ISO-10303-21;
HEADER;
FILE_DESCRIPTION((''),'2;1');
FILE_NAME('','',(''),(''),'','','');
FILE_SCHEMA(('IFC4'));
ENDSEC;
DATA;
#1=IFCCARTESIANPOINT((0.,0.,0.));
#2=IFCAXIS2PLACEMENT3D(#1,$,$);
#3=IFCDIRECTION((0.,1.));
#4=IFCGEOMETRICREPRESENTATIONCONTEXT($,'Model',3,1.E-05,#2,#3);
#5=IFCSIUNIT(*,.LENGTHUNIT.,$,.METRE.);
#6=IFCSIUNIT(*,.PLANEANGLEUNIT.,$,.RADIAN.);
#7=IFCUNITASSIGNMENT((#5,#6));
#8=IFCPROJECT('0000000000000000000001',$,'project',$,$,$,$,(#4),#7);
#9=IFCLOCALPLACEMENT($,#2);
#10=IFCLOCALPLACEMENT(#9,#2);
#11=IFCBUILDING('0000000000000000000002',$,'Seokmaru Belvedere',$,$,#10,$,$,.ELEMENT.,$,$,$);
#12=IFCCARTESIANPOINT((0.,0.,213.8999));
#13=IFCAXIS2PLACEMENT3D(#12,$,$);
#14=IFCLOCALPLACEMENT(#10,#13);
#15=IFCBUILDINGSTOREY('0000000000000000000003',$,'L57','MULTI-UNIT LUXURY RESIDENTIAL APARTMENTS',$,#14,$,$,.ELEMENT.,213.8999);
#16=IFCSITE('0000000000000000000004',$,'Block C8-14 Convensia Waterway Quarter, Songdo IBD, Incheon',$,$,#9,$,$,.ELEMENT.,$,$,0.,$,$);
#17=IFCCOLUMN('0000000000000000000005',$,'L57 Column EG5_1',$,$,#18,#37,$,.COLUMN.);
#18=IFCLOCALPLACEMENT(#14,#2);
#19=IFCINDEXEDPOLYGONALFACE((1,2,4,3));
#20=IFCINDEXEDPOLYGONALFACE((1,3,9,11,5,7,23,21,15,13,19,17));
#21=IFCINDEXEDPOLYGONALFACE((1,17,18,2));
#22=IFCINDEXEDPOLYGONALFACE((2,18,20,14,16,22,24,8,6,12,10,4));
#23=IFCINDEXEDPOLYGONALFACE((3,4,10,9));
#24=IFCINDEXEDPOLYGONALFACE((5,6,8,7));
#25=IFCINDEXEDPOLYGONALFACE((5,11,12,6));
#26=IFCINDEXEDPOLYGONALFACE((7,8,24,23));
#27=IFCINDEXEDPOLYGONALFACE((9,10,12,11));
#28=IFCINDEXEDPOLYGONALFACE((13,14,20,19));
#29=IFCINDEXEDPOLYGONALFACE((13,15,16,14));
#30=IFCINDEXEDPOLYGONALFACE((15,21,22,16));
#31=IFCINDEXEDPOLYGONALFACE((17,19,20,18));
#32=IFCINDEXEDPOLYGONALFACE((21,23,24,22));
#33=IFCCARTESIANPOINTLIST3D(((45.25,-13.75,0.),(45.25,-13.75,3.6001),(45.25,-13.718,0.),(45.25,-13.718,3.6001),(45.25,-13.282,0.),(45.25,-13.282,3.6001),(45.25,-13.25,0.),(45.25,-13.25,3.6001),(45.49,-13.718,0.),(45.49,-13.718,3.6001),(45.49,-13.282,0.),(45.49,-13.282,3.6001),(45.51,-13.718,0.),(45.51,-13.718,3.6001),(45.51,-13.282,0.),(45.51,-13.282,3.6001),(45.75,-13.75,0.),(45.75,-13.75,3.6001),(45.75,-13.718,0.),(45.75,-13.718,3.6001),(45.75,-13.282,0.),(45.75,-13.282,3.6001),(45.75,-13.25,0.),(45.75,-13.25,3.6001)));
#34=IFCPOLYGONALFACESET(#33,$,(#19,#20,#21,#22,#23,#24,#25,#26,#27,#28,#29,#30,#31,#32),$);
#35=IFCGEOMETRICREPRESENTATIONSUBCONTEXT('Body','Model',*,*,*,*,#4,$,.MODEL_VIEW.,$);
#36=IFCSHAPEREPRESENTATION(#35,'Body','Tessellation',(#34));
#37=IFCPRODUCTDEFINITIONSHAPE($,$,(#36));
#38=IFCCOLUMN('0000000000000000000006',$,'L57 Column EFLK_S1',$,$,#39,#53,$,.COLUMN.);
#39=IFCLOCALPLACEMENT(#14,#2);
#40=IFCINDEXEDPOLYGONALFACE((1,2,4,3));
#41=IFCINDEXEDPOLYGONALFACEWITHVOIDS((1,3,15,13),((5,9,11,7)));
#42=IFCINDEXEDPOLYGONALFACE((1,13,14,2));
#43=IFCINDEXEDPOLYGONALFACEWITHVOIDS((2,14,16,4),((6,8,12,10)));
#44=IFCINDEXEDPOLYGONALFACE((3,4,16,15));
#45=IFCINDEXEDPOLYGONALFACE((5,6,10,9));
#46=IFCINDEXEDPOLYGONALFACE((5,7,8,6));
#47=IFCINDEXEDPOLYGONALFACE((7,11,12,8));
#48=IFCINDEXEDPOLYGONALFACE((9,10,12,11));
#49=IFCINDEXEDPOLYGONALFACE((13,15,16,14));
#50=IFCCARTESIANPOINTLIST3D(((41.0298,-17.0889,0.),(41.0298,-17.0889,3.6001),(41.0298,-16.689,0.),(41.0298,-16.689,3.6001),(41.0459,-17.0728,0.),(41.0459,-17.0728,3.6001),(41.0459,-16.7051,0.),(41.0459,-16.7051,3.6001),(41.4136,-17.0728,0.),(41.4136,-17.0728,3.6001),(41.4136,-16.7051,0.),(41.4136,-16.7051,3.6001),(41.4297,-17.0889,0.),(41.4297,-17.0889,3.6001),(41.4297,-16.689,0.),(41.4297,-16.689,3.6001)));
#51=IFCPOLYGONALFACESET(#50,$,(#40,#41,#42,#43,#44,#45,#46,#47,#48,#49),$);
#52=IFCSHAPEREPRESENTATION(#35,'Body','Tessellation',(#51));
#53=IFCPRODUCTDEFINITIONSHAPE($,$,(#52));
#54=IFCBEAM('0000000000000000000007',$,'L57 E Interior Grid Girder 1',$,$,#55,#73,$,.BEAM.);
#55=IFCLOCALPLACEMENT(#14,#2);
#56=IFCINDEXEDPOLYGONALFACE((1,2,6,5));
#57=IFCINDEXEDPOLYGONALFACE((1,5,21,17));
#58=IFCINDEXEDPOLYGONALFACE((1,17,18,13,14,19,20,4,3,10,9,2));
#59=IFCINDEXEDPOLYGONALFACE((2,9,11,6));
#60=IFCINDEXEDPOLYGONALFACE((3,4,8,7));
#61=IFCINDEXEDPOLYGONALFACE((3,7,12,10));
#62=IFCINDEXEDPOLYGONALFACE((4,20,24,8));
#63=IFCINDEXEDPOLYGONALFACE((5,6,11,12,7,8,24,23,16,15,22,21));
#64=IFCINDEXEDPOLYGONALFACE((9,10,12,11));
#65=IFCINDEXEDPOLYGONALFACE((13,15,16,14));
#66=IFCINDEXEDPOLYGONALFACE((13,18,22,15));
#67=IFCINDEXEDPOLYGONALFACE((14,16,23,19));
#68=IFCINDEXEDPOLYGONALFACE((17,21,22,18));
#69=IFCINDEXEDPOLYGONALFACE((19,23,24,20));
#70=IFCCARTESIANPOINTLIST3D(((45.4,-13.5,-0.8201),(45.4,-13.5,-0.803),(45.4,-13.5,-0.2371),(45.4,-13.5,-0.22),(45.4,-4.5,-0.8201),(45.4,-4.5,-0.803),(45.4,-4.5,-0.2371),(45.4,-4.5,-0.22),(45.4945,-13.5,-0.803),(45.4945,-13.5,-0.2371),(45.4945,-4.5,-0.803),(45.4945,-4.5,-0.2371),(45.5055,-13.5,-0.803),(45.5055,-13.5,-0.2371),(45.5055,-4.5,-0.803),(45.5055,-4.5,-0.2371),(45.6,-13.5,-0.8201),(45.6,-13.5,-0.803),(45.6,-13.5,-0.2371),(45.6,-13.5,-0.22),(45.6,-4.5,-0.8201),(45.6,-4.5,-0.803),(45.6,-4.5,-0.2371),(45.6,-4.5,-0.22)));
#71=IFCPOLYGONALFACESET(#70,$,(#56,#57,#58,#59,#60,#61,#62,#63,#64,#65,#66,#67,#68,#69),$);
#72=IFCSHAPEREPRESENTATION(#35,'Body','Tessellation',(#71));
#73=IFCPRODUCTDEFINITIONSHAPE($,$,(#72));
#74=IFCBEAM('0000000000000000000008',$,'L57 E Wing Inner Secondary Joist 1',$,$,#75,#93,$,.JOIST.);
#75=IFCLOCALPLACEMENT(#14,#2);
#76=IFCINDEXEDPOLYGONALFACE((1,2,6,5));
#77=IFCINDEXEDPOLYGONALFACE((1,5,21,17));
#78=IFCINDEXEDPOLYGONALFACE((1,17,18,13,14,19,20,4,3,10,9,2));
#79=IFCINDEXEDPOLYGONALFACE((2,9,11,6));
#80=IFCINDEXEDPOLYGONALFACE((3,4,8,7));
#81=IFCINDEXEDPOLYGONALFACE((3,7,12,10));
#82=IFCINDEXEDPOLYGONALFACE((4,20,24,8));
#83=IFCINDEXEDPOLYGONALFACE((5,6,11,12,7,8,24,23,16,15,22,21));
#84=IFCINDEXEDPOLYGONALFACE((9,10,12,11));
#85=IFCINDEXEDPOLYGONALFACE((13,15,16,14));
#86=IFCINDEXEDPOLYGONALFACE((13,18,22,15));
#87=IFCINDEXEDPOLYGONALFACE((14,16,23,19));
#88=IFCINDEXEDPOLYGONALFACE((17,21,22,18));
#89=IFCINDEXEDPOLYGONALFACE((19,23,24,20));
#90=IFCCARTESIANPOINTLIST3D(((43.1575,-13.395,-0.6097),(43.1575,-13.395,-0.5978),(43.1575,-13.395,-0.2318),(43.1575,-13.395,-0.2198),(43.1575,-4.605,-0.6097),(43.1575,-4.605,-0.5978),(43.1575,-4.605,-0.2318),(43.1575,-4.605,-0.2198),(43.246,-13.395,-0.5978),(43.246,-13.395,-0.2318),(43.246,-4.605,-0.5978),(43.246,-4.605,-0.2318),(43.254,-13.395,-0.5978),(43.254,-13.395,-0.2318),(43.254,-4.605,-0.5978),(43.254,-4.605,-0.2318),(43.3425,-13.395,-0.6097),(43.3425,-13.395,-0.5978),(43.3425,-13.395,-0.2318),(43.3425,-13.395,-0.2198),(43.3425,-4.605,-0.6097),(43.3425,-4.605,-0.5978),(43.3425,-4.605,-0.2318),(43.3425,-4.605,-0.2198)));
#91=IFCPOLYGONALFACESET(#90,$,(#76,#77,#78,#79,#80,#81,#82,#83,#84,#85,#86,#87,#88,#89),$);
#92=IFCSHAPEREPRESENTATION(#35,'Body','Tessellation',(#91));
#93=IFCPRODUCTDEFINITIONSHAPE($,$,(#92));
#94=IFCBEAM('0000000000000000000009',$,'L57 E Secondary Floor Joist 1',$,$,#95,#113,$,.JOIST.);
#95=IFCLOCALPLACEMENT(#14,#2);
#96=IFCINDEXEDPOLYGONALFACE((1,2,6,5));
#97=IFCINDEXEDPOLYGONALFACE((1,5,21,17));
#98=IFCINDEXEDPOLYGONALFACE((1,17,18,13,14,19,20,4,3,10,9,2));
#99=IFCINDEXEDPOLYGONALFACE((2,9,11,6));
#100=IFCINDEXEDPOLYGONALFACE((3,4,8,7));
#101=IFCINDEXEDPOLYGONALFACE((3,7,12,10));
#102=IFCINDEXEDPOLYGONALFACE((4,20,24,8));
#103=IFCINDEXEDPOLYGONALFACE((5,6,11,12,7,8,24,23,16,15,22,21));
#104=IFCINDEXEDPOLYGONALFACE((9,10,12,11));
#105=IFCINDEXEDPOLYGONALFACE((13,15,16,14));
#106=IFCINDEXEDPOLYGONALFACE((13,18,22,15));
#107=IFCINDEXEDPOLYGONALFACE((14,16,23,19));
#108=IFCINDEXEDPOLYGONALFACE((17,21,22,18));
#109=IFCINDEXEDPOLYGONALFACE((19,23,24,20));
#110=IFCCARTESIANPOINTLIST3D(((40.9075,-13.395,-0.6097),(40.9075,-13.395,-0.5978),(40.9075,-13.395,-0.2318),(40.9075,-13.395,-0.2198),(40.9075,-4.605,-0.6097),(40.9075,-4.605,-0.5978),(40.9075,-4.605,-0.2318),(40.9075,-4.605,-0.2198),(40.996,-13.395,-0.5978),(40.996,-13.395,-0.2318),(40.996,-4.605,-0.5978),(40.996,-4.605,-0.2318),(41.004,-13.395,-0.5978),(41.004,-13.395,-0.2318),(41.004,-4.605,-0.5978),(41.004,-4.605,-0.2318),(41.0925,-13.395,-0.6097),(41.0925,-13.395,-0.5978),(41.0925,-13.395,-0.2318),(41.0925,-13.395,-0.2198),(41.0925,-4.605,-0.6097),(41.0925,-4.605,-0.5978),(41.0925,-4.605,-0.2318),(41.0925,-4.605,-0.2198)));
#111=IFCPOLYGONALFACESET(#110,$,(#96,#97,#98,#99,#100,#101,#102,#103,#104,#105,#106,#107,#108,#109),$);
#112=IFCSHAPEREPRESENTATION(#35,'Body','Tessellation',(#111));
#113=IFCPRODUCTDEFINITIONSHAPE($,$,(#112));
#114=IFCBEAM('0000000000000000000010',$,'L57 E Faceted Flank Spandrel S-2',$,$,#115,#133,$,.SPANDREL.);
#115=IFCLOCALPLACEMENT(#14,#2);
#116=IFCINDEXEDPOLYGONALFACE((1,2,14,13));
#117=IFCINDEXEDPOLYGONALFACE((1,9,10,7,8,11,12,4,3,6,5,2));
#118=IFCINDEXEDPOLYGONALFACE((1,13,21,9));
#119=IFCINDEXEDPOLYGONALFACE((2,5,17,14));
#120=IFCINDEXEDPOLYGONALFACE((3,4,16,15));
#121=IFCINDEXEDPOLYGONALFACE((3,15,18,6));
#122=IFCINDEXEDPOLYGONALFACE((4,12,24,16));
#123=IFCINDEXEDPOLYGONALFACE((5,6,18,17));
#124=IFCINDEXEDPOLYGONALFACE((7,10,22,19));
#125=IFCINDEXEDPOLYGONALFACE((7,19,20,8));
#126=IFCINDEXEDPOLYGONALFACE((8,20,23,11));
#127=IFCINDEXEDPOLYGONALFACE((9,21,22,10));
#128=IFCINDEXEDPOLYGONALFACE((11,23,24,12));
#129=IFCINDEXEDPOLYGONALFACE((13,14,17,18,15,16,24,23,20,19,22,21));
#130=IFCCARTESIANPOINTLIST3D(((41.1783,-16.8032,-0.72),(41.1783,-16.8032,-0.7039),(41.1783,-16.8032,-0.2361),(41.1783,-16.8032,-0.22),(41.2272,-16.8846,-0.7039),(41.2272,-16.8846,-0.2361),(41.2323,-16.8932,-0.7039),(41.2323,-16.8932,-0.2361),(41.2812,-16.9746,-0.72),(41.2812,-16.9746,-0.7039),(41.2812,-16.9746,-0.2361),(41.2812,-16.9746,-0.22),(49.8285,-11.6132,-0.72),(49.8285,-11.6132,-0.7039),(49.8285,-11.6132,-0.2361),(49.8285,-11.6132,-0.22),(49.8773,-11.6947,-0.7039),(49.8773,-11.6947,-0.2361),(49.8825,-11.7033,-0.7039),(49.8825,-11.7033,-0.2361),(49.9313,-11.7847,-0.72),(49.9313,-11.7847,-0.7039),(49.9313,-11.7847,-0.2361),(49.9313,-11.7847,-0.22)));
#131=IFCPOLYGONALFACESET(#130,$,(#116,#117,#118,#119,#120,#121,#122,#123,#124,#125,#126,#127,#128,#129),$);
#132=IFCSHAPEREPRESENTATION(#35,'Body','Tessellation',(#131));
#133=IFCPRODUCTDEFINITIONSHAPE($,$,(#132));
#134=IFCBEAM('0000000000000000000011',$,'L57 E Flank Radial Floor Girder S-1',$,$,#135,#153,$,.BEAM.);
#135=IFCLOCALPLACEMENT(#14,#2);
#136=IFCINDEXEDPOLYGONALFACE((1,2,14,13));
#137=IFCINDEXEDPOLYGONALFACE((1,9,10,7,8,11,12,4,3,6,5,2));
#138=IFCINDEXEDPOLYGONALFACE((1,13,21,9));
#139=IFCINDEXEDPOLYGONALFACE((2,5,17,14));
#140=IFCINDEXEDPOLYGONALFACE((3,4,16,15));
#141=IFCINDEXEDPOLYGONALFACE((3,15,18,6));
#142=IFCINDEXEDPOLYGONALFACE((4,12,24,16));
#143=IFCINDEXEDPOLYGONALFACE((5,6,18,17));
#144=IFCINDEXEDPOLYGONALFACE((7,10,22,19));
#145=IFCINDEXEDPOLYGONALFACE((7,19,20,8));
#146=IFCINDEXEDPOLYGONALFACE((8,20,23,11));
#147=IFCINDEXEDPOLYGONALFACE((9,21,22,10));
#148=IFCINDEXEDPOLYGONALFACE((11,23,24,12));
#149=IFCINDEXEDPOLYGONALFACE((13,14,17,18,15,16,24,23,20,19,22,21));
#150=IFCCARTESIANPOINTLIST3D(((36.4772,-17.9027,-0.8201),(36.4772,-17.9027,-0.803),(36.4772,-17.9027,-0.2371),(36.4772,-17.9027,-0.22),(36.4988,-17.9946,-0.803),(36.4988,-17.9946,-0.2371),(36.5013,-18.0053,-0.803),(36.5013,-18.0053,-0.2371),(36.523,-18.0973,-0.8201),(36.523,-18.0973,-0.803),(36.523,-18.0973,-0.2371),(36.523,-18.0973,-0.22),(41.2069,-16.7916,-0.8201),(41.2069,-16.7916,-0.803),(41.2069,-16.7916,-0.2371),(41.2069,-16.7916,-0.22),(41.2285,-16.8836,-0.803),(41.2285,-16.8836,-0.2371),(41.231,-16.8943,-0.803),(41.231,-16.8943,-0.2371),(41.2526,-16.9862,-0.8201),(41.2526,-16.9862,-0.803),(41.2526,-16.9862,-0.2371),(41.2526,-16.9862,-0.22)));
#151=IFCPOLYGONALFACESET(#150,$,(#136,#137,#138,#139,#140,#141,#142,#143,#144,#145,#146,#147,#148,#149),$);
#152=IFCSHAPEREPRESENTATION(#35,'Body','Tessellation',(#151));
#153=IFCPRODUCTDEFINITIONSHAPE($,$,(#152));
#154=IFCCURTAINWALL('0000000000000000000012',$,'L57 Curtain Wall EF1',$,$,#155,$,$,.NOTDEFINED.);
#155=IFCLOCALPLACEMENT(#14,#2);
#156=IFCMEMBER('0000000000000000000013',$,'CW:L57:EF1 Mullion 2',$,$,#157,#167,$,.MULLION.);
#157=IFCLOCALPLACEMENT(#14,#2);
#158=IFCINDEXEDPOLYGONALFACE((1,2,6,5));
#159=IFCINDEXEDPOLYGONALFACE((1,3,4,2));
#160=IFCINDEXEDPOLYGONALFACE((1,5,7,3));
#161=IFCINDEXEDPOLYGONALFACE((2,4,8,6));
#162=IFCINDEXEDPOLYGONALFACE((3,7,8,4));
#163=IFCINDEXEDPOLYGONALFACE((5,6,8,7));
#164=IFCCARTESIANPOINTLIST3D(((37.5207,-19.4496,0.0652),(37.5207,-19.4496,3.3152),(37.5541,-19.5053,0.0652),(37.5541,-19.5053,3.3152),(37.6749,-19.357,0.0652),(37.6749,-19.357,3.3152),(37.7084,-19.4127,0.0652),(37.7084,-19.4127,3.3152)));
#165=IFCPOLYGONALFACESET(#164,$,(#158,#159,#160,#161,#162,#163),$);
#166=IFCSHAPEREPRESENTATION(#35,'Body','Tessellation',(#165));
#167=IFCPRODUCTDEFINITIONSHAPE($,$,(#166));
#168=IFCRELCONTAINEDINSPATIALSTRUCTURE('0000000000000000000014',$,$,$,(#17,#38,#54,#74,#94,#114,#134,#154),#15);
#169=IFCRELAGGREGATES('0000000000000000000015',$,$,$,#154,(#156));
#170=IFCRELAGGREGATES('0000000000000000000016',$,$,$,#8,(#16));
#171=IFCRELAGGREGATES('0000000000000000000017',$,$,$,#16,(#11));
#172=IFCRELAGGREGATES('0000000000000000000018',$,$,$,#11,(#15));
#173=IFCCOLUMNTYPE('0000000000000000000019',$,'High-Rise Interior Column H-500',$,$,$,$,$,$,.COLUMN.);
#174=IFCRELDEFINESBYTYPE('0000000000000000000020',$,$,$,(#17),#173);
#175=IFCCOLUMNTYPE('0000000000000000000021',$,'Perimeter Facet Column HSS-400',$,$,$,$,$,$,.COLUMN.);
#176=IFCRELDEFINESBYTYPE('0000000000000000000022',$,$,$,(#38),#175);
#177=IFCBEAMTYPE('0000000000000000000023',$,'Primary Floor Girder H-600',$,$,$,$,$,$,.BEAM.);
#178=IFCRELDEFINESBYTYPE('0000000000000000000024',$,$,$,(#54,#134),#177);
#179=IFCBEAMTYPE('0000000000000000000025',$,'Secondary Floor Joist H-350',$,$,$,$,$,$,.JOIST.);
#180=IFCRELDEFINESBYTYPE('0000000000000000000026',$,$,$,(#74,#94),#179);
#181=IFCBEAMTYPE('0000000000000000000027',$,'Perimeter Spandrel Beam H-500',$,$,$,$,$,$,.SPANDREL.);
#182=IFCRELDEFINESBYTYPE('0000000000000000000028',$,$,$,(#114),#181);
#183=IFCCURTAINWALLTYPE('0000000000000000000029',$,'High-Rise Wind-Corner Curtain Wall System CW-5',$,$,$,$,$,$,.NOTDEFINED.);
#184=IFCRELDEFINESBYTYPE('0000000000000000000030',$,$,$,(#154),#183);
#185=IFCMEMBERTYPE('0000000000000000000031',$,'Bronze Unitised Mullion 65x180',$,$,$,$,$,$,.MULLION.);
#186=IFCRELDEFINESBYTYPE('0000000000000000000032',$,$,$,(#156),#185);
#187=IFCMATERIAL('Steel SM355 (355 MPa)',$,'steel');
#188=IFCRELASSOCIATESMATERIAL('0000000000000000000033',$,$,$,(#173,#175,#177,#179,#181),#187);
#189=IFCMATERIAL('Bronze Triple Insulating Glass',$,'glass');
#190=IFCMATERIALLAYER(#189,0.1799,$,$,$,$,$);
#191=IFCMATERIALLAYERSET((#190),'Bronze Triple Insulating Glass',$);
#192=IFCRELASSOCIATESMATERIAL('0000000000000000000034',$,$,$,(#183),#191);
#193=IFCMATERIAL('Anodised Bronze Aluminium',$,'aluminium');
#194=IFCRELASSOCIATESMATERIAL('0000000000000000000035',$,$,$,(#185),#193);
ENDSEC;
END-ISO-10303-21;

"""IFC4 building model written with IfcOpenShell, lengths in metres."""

from ifc_helpers import new_model, si_unit, direction, frame, origin, origin_2d, place, context, subcontext, project, spatial, rectangle, hollow_rectangle, i_section, extrude, source, transform, mapped, material, layer, layer_set, material_profile, profile_set, type_object, type_shapes, element, aggregate, save


model = new_model("IFC4")

# Units and contexts
model_context = context("Model", 3, precision=1e-05, world=origin(), true_north=direction((0.0, 1.0)))
body_context = subcontext(model_context, "Body", "Model", "MODEL_VIEW")
ifc_project = project(units=[si_unit("LENGTHUNIT", "METRE"), si_unit("PLANEANGLEUNIT", "RADIAN")], contexts=[model_context])

# Site, building, storey
site_placement = place(None, origin())
site = spatial("IfcSite", under=ifc_project, at=site_placement, Name="Block C8-14 Convensia Waterway Quarter, Songdo IBD, Incheon", CompositionType="ELEMENT", RefElevation=0.0)
building_placement = place(site_placement, origin())
building = spatial("IfcBuilding", under=site, at=building_placement, Name="Seokmaru Belvedere", CompositionType="ELEMENT")
storey_placement = place(building_placement, frame((0.0, 0.0, 213.8999)))
storey = spatial("IfcBuildingStorey", under=building, at=storey_placement, Name="L57", Description="MULTI-UNIT LUXURY RESIDENTIAL APARTMENTS", CompositionType="ELEMENT", Elevation=213.8999)

# Columns
ifc_material_1 = material(Name="Steel SM355 (355 MPa)", Category="steel")
ifc_material_profile_1 = material_profile(ifc_material_1, i_section(OverallWidth=0.5, OverallDepth=0.5, WebThickness=0.02, FlangeThickness=0.032, at=origin_2d()), Name="H-500x500x20x32")
ifc_profile_set_1 = profile_set([ifc_material_profile_1], Name="Steel SM355 (355 MPa)")
column_type_1 = type_object("IfcColumnType", Name="High-Rise Interior Column H-500", PredefinedType="COLUMN", material=ifc_profile_set_1)
shared_shape_1 = source(origin(), body_context, "Body", "SweptSolid", [
    extrude(i_section(OverallWidth=0.5, OverallDepth=0.5, WebThickness=0.02, FlangeThickness=0.032, at=origin_2d()), origin(), (0.0, 0.0, 1.0), 3.6001),
])
type_shapes(column_type_1, [shared_shape_1])
column_1_placement = place(storey_placement, frame((45.5, -13.5, 0.0), z_axis=(0.0, 0.0, 1.0), x_axis=(1.0, 0.0, 0.0)))
element("IfcColumn", 1, at=column_1_placement, inside=storey, type_object=column_type_1, Name="L57 Column EG5_1", PredefinedType="COLUMN", context=body_context, shape_type="MappedRepresentation", body=[
    mapped(shared_shape_1, transform((0.0, 0.0, 0.0), scale=1.0)),
])
ifc_material_profile_2 = material_profile(ifc_material_1, hollow_rectangle(XDim=0.3999, YDim=0.3999, WallThickness=0.0161, at=origin_2d()), Name="HSS-400x400x16")
ifc_profile_set_2 = profile_set([ifc_material_profile_2], Name="Steel SM355 (355 MPa)")
column_type_2 = type_object("IfcColumnType", Name="Perimeter Facet Column HSS-400", PredefinedType="COLUMN", material=ifc_profile_set_2)
shared_shape_2 = source(origin(), body_context, "Body", "SweptSolid", [
    extrude(hollow_rectangle(XDim=0.3999, YDim=0.3999, WallThickness=0.0161, at=origin_2d()), origin(), (0.0, 0.0, 1.0), 3.6001),
])
type_shapes(column_type_2, [shared_shape_2])
column_2_placement = place(storey_placement, frame((41.2297, -16.8889, 0.0), z_axis=(0.0, 0.0, 1.0), x_axis=(1.0, 0.0, 0.0)))
element("IfcColumn", 2, at=column_2_placement, inside=storey, type_object=column_type_2, Name="L57 Column EFLK_S1", PredefinedType="COLUMN", context=body_context, shape_type="MappedRepresentation", body=[
    mapped(shared_shape_2, transform((0.0, 0.0, 0.0), scale=1.0)),
])

# Beams
ifc_material_profile_3 = material_profile(ifc_material_1, i_section(OverallWidth=0.2, OverallDepth=0.6001, WebThickness=0.011, FlangeThickness=0.0171, at=origin_2d()), Name="H-600x200x11x17")
ifc_profile_set_3 = profile_set([ifc_material_profile_3], Name="Steel SM355 (355 MPa)")
beam_type_1 = type_object("IfcBeamType", Name="Primary Floor Girder H-600", PredefinedType="BEAM", material=ifc_profile_set_3)
shared_shape_3 = source(origin(), body_context, "Body", "SweptSolid", [
    extrude(i_section(OverallWidth=0.2, OverallDepth=0.6001, WebThickness=0.011, FlangeThickness=0.0171, at=origin_2d()), origin(), (0.0, 0.0, 1.0), 9.0),
])
beam_1_placement = place(storey_placement, frame((45.5, -13.5, -0.52), z_axis=(0.0, 1.0, 0.0), x_axis=(-1.0, 0.0, 0.0)))
element("IfcBeam", 3, at=beam_1_placement, inside=storey, type_object=beam_type_1, Name="L57 E Interior Grid Girder 1", PredefinedType="BEAM", context=body_context, shape_type="MappedRepresentation", body=[
    mapped(shared_shape_3, transform((0.0, 0.0, 0.0), scale=1.0)),
])
ifc_material_profile_4 = material_profile(ifc_material_1, i_section(OverallWidth=0.1851, OverallDepth=0.3899, WebThickness=0.0081, FlangeThickness=0.012, at=origin_2d()), Name="H-390x185x8x12")
ifc_profile_set_4 = profile_set([ifc_material_profile_4], Name="Steel SM355 (355 MPa)")
beam_type_2 = type_object("IfcBeamType", Name="Secondary Floor Joist H-350", PredefinedType="JOIST", material=ifc_profile_set_4)
shared_shape_4 = source(origin(), body_context, "Body", "SweptSolid", [
    extrude(i_section(OverallWidth=0.1851, OverallDepth=0.3899, WebThickness=0.0081, FlangeThickness=0.012, at=origin_2d()), origin(), (0.0, 0.0, 1.0), 8.79),
])
type_shapes(beam_type_2, [shared_shape_4])
for number, where, z_axis, x_axis, name in (
    (4, (43.25, -13.395, -0.4148), (0.0, 1.0, 0.0), (-1.0, 0.0, 0.0), "L57 E Wing Inner Secondary Joist 1"),
    (5, (41.0, -13.395, -0.4148), (0.0, 1.0, 0.0), (-1.0, 0.0, 0.0), "L57 E Secondary Floor Joist 1"),
):
    element("IfcBeam", number, at=place(storey_placement, frame(where, z_axis=z_axis, x_axis=x_axis)), inside=storey, type_object=beam_type_2, Name=name, PredefinedType="JOIST", context=body_context, shape_type="MappedRepresentation", body=[
        mapped(shared_shape_4, transform((0.0, 0.0, 0.0), scale=1.0)),
    ])
ifc_material_profile_5 = material_profile(ifc_material_1, i_section(OverallWidth=0.2, OverallDepth=0.5, WebThickness=0.01, FlangeThickness=0.0161, at=origin_2d()), Name="H-500x200x10x16")
ifc_profile_set_5 = profile_set([ifc_material_profile_5], Name="Steel SM355 (355 MPa)")
beam_type_3 = type_object("IfcBeamType", Name="Perimeter Spandrel Beam H-500", PredefinedType="SPANDREL", material=ifc_profile_set_5)
shared_shape_5 = source(origin(), body_context, "Body", "SweptSolid", [
    extrude(i_section(OverallWidth=0.2, OverallDepth=0.5, WebThickness=0.01, FlangeThickness=0.0161, at=origin_2d()), origin(), (0.0, 0.0, 1.0), 10.0876),
])
type_shapes(beam_type_3, [shared_shape_5])
beam_2_placement = place(storey_placement, frame((41.2297, -16.8889, -0.47), z_axis=(0.857499, 0.514485, 0.0), x_axis=(-0.514485, 0.857499, 0.0)))
element("IfcBeam", 6, at=beam_2_placement, inside=storey, type_object=beam_type_3, Name="L57 E Faceted Flank Spandrel S-2", PredefinedType="SPANDREL", context=body_context, shape_type="MappedRepresentation", body=[
    mapped(shared_shape_5, transform((0.0, 0.0, 0.0), scale=1.0)),
])
shared_shape_6 = source(origin(), body_context, "Body", "SweptSolid", [
    extrude(i_section(OverallWidth=0.2, OverallDepth=0.6001, WebThickness=0.011, FlangeThickness=0.0171, at=origin_2d()), origin(), (0.0, 0.0, 1.0), 4.8584),
])
type_shapes(beam_type_1, [shared_shape_3, shared_shape_6])
beam_3_placement = place(storey_placement, frame((41.2297, -16.8889, -0.52), z_axis=(-0.973499, -0.228689, 0.0), x_axis=(0.228689, -0.973499, 0.0)))
element("IfcBeam", 7, at=beam_3_placement, inside=storey, type_object=beam_type_1, Name="L57 E Flank Radial Floor Girder S-1", PredefinedType="BEAM", context=body_context, shape_type="MappedRepresentation", body=[
    mapped(shared_shape_6, transform((0.0, 0.0, 0.0), scale=1.0)),
])

# Curtain wall, member
ifc_material_2 = material(Name="Bronze Triple Insulating Glass", Category="glass")
ifc_layer_1 = layer(ifc_material_2, 0.1799)
ifc_layer_set_1 = layer_set([ifc_layer_1], Name="Bronze Triple Insulating Glass")
curtain_wall_type = type_object("IfcCurtainWallType", Name="High-Rise Wind-Corner Curtain Wall System CW-5", PredefinedType="NOTDEFINED", material=ifc_layer_set_1)
curtain_wall_placement = place(storey_placement, origin())
curtain_wall = element("IfcCurtainWall", 8, at=curtain_wall_placement, inside=storey, type_object=curtain_wall_type, Name="L57 Curtain Wall EF1", PredefinedType="NOTDEFINED")
ifc_material_3 = material(Name="Anodised Bronze Aluminium", Category="aluminium")
ifc_material_profile_6 = material_profile(ifc_material_3, rectangle(XDim=0.0649, YDim=0.1799, at=origin_2d()), Name="CW-M-65x180")
ifc_profile_set_6 = profile_set([ifc_material_profile_6], Name="Anodised Bronze Aluminium")
member_type = type_object("IfcMemberType", Name="Bronze Unitised Mullion 65x180", PredefinedType="MULLION", material=ifc_profile_set_6)
shared_shape_7 = source(origin(), body_context, "Body", "SweptSolid", [
    extrude(rectangle(XDim=0.0649, YDim=0.1799, at=origin_2d()), origin(), (0.0, 0.0, 1.0), 3.25),
])
type_shapes(member_type, [shared_shape_7])
member_1_placement = place(storey_placement, frame((37.6145, -19.4312, 0.0652), z_axis=(0.0, 0.0, 1.0), x_axis=(-0.514495, 0.857493, 0.0)))
member_1 = element("IfcMember", 9, at=member_1_placement, type_object=member_type, Name="CW:L57:EF1 Mullion 2", PredefinedType="MULLION", context=body_context, shape_type="MappedRepresentation", body=[
    mapped(shared_shape_7, transform((0.0, 0.0, 0.0), scale=1.0)),
])
aggregate(curtain_wall, [member_1])

save(model, "model.ifc")
